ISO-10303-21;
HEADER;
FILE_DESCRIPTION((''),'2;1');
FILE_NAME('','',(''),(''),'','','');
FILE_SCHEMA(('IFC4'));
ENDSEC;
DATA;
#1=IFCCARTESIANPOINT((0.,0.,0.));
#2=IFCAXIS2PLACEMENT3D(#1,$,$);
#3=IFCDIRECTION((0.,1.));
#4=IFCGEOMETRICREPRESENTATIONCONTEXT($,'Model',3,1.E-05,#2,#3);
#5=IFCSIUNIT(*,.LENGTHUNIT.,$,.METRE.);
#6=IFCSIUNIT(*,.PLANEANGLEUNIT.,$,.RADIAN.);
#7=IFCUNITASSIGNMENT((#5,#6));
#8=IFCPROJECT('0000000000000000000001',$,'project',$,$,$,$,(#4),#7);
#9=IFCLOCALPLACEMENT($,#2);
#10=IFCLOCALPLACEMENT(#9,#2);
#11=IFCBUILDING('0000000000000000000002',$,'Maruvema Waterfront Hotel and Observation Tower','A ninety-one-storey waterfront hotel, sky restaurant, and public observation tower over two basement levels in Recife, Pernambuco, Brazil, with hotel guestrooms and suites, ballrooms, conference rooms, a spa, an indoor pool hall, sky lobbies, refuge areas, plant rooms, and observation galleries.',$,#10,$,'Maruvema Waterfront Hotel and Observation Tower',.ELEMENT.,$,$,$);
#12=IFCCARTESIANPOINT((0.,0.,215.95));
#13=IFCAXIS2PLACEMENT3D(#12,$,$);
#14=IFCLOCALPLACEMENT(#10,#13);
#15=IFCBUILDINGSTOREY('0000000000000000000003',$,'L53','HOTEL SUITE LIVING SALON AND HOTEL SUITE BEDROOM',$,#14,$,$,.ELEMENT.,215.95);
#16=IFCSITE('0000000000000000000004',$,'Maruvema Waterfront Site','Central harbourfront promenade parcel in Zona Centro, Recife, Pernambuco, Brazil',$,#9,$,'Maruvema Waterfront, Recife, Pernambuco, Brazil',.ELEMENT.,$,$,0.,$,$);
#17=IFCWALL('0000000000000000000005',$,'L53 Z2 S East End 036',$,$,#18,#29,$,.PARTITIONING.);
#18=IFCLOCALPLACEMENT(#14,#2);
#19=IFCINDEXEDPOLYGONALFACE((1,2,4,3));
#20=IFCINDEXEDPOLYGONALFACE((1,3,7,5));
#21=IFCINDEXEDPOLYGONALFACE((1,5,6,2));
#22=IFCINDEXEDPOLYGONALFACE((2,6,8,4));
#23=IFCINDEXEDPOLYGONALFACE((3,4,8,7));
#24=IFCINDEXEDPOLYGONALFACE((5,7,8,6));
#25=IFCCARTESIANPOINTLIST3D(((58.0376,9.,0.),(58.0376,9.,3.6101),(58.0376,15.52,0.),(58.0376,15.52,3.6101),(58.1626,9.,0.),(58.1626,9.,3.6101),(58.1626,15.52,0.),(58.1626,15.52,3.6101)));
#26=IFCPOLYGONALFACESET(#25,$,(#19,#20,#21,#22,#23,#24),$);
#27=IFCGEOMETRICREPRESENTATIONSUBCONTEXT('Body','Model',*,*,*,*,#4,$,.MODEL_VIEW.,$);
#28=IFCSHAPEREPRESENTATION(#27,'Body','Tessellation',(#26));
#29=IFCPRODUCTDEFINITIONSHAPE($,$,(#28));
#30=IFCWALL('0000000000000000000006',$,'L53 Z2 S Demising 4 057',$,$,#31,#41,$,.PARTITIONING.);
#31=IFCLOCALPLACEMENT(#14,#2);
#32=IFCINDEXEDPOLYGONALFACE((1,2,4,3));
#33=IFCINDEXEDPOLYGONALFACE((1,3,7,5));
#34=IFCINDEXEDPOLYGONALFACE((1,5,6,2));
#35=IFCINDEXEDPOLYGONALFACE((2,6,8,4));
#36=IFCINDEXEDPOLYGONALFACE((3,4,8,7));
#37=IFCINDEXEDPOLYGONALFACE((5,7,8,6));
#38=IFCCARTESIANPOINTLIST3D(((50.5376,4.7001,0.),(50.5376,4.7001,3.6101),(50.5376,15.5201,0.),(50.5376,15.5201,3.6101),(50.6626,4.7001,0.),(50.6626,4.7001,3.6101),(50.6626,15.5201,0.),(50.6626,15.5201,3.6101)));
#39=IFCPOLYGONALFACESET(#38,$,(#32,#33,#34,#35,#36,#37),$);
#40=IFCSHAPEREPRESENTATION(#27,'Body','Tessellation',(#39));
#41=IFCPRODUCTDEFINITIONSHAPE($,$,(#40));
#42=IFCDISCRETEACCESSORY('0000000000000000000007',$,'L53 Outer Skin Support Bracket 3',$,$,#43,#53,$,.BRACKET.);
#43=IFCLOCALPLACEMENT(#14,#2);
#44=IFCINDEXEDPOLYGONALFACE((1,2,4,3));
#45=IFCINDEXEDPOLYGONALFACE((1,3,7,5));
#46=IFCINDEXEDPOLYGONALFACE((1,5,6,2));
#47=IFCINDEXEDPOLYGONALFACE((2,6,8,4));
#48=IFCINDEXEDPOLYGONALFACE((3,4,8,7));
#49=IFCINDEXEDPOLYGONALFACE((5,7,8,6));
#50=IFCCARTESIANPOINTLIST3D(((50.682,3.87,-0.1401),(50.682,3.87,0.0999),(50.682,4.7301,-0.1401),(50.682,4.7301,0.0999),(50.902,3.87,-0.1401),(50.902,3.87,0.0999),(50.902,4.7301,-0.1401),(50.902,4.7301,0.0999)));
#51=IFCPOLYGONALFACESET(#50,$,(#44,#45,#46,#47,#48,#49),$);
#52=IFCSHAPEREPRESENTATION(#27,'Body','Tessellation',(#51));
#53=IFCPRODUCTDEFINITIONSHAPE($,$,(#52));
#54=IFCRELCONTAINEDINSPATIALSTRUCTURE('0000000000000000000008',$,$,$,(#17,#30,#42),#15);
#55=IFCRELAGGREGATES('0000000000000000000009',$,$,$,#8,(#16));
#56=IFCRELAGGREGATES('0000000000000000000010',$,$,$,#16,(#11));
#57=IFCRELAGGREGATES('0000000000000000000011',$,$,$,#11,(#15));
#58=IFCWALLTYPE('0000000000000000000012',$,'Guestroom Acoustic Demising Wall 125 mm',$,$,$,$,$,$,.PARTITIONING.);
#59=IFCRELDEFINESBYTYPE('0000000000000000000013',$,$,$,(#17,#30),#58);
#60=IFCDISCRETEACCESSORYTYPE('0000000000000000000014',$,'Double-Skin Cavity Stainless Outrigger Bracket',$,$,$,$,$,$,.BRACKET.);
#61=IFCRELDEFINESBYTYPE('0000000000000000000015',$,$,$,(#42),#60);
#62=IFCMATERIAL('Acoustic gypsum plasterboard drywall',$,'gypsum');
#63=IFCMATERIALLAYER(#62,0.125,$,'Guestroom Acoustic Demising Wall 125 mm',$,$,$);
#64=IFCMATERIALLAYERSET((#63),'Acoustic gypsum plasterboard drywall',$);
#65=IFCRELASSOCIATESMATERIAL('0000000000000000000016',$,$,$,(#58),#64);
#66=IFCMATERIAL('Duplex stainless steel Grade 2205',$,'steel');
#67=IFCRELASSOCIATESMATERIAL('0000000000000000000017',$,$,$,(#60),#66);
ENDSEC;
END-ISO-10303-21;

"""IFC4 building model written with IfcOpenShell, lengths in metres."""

from ifc_helpers import new_model, si_unit, direction, frame, frame_2d, origin, origin_2d, place, context, subcontext, project, spatial, rectangle, extrude, material, layer, layer_set, type_object, element, save


model = new_model("IFC4")

# Units and contexts
model_context = context("Model", 3, precision=1e-05, world=origin(), true_north=direction((0.0, 1.0)))
body_context = subcontext(model_context, "Body", "Model", "MODEL_VIEW")
ifc_project = project(units=[si_unit("LENGTHUNIT", "METRE"), si_unit("PLANEANGLEUNIT", "RADIAN")], contexts=[model_context])

# Site, building, storey
site_placement = place(None, origin())
site = spatial("IfcSite", under=ifc_project, at=site_placement, Name="Maruvema Waterfront Site", Description="Central harbourfront promenade parcel in Zona Centro, Recife, Pernambuco, Brazil", LongName="Maruvema Waterfront, Recife, Pernambuco, Brazil", CompositionType="ELEMENT", RefElevation=0.0)
building_placement = place(site_placement, origin())
building = spatial("IfcBuilding", under=site, at=building_placement, Name="Maruvema Waterfront Hotel and Observation Tower", Description="A ninety-one-storey waterfront hotel, sky restaurant, and public observation tower over two basement levels in Recife, Pernambuco, Brazil, with hotel guestrooms and suites, ballrooms, conference rooms, a spa, an indoor pool hall, sky lobbies, refuge areas, plant rooms, and observation galleries.", LongName="Maruvema Waterfront Hotel and Observation Tower", CompositionType="ELEMENT")
storey_placement = place(building_placement, frame((0.0, 0.0, 215.95)))
storey = spatial("IfcBuildingStorey", under=building, at=storey_placement, Name="L53", Description="HOTEL SUITE LIVING SALON AND HOTEL SUITE BEDROOM", CompositionType="ELEMENT", Elevation=215.95)

# Walls
ifc_material_1 = material(Name="Acoustic gypsum plasterboard drywall", Category="gypsum")
ifc_layer_1 = layer(ifc_material_1, 0.125, Name="Guestroom Acoustic Demising Wall 125 mm")
ifc_layer_set_1 = layer_set([ifc_layer_1], Name="Acoustic gypsum plasterboard drywall")
wall_type_1 = type_object("IfcWallType", Name="Guestroom Acoustic Demising Wall 125 mm", PredefinedType="PARTITIONING", material=ifc_layer_set_1)
wall_1_placement = place(storey_placement, frame((58.1001, 9.0, 0.0), z_axis=(0.0, 0.0, 1.0), x_axis=(0.0, 1.0, 0.0)))
element("IfcWall", 1, at=wall_1_placement, inside=storey, type_object=wall_type_1, Name="L53 Z2 S East End 036", PredefinedType="PARTITIONING", context=body_context, shape_type="SweptSolid", body=[
    extrude(rectangle(XDim=6.52, YDim=0.125, at=frame_2d((3.26, 0.0))), origin(), (0.0, 0.0, 1.0), 3.6101),
])
wall_2_placement = place(storey_placement, frame((50.6001, 4.7, 0.0), z_axis=(0.0, 0.0, 1.0), x_axis=(0.0, 1.0, 0.0)))
element("IfcWall", 2, at=wall_2_placement, inside=storey, type_object=wall_type_1, Name="L53 Z2 S Demising 4 057", PredefinedType="PARTITIONING", context=body_context, shape_type="SweptSolid", body=[
    extrude(rectangle(XDim=10.8201, YDim=0.125, at=frame_2d((5.4102, 0.0))), origin(), (0.0, 0.0, 1.0), 3.6101),
])

# Discrete accessory
ifc_material_2 = material(Name="Duplex stainless steel Grade 2205", Category="steel")
discrete_accessory_type = type_object("IfcDiscreteAccessoryType", Name="Double-Skin Cavity Stainless Outrigger Bracket", PredefinedType="BRACKET", material=ifc_material_2)
discrete_accessory_placement = place(storey_placement, frame((50.792, 4.3, -0.1401), z_axis=(0.0, 0.0, 1.0), x_axis=(1.0, 0.0, 0.0)))
element("IfcDiscreteAccessory", 3, at=discrete_accessory_placement, inside=storey, type_object=discrete_accessory_type, Name="L53 Outer Skin Support Bracket 3", PredefinedType="BRACKET", context=body_context, shape_type="SweptSolid", body=[
    extrude(rectangle(XDim=0.22, YDim=0.8601, at=origin_2d()), origin(), (0.0, 0.0, 1.0), 0.24),
])

save(model, "model.ifc")
